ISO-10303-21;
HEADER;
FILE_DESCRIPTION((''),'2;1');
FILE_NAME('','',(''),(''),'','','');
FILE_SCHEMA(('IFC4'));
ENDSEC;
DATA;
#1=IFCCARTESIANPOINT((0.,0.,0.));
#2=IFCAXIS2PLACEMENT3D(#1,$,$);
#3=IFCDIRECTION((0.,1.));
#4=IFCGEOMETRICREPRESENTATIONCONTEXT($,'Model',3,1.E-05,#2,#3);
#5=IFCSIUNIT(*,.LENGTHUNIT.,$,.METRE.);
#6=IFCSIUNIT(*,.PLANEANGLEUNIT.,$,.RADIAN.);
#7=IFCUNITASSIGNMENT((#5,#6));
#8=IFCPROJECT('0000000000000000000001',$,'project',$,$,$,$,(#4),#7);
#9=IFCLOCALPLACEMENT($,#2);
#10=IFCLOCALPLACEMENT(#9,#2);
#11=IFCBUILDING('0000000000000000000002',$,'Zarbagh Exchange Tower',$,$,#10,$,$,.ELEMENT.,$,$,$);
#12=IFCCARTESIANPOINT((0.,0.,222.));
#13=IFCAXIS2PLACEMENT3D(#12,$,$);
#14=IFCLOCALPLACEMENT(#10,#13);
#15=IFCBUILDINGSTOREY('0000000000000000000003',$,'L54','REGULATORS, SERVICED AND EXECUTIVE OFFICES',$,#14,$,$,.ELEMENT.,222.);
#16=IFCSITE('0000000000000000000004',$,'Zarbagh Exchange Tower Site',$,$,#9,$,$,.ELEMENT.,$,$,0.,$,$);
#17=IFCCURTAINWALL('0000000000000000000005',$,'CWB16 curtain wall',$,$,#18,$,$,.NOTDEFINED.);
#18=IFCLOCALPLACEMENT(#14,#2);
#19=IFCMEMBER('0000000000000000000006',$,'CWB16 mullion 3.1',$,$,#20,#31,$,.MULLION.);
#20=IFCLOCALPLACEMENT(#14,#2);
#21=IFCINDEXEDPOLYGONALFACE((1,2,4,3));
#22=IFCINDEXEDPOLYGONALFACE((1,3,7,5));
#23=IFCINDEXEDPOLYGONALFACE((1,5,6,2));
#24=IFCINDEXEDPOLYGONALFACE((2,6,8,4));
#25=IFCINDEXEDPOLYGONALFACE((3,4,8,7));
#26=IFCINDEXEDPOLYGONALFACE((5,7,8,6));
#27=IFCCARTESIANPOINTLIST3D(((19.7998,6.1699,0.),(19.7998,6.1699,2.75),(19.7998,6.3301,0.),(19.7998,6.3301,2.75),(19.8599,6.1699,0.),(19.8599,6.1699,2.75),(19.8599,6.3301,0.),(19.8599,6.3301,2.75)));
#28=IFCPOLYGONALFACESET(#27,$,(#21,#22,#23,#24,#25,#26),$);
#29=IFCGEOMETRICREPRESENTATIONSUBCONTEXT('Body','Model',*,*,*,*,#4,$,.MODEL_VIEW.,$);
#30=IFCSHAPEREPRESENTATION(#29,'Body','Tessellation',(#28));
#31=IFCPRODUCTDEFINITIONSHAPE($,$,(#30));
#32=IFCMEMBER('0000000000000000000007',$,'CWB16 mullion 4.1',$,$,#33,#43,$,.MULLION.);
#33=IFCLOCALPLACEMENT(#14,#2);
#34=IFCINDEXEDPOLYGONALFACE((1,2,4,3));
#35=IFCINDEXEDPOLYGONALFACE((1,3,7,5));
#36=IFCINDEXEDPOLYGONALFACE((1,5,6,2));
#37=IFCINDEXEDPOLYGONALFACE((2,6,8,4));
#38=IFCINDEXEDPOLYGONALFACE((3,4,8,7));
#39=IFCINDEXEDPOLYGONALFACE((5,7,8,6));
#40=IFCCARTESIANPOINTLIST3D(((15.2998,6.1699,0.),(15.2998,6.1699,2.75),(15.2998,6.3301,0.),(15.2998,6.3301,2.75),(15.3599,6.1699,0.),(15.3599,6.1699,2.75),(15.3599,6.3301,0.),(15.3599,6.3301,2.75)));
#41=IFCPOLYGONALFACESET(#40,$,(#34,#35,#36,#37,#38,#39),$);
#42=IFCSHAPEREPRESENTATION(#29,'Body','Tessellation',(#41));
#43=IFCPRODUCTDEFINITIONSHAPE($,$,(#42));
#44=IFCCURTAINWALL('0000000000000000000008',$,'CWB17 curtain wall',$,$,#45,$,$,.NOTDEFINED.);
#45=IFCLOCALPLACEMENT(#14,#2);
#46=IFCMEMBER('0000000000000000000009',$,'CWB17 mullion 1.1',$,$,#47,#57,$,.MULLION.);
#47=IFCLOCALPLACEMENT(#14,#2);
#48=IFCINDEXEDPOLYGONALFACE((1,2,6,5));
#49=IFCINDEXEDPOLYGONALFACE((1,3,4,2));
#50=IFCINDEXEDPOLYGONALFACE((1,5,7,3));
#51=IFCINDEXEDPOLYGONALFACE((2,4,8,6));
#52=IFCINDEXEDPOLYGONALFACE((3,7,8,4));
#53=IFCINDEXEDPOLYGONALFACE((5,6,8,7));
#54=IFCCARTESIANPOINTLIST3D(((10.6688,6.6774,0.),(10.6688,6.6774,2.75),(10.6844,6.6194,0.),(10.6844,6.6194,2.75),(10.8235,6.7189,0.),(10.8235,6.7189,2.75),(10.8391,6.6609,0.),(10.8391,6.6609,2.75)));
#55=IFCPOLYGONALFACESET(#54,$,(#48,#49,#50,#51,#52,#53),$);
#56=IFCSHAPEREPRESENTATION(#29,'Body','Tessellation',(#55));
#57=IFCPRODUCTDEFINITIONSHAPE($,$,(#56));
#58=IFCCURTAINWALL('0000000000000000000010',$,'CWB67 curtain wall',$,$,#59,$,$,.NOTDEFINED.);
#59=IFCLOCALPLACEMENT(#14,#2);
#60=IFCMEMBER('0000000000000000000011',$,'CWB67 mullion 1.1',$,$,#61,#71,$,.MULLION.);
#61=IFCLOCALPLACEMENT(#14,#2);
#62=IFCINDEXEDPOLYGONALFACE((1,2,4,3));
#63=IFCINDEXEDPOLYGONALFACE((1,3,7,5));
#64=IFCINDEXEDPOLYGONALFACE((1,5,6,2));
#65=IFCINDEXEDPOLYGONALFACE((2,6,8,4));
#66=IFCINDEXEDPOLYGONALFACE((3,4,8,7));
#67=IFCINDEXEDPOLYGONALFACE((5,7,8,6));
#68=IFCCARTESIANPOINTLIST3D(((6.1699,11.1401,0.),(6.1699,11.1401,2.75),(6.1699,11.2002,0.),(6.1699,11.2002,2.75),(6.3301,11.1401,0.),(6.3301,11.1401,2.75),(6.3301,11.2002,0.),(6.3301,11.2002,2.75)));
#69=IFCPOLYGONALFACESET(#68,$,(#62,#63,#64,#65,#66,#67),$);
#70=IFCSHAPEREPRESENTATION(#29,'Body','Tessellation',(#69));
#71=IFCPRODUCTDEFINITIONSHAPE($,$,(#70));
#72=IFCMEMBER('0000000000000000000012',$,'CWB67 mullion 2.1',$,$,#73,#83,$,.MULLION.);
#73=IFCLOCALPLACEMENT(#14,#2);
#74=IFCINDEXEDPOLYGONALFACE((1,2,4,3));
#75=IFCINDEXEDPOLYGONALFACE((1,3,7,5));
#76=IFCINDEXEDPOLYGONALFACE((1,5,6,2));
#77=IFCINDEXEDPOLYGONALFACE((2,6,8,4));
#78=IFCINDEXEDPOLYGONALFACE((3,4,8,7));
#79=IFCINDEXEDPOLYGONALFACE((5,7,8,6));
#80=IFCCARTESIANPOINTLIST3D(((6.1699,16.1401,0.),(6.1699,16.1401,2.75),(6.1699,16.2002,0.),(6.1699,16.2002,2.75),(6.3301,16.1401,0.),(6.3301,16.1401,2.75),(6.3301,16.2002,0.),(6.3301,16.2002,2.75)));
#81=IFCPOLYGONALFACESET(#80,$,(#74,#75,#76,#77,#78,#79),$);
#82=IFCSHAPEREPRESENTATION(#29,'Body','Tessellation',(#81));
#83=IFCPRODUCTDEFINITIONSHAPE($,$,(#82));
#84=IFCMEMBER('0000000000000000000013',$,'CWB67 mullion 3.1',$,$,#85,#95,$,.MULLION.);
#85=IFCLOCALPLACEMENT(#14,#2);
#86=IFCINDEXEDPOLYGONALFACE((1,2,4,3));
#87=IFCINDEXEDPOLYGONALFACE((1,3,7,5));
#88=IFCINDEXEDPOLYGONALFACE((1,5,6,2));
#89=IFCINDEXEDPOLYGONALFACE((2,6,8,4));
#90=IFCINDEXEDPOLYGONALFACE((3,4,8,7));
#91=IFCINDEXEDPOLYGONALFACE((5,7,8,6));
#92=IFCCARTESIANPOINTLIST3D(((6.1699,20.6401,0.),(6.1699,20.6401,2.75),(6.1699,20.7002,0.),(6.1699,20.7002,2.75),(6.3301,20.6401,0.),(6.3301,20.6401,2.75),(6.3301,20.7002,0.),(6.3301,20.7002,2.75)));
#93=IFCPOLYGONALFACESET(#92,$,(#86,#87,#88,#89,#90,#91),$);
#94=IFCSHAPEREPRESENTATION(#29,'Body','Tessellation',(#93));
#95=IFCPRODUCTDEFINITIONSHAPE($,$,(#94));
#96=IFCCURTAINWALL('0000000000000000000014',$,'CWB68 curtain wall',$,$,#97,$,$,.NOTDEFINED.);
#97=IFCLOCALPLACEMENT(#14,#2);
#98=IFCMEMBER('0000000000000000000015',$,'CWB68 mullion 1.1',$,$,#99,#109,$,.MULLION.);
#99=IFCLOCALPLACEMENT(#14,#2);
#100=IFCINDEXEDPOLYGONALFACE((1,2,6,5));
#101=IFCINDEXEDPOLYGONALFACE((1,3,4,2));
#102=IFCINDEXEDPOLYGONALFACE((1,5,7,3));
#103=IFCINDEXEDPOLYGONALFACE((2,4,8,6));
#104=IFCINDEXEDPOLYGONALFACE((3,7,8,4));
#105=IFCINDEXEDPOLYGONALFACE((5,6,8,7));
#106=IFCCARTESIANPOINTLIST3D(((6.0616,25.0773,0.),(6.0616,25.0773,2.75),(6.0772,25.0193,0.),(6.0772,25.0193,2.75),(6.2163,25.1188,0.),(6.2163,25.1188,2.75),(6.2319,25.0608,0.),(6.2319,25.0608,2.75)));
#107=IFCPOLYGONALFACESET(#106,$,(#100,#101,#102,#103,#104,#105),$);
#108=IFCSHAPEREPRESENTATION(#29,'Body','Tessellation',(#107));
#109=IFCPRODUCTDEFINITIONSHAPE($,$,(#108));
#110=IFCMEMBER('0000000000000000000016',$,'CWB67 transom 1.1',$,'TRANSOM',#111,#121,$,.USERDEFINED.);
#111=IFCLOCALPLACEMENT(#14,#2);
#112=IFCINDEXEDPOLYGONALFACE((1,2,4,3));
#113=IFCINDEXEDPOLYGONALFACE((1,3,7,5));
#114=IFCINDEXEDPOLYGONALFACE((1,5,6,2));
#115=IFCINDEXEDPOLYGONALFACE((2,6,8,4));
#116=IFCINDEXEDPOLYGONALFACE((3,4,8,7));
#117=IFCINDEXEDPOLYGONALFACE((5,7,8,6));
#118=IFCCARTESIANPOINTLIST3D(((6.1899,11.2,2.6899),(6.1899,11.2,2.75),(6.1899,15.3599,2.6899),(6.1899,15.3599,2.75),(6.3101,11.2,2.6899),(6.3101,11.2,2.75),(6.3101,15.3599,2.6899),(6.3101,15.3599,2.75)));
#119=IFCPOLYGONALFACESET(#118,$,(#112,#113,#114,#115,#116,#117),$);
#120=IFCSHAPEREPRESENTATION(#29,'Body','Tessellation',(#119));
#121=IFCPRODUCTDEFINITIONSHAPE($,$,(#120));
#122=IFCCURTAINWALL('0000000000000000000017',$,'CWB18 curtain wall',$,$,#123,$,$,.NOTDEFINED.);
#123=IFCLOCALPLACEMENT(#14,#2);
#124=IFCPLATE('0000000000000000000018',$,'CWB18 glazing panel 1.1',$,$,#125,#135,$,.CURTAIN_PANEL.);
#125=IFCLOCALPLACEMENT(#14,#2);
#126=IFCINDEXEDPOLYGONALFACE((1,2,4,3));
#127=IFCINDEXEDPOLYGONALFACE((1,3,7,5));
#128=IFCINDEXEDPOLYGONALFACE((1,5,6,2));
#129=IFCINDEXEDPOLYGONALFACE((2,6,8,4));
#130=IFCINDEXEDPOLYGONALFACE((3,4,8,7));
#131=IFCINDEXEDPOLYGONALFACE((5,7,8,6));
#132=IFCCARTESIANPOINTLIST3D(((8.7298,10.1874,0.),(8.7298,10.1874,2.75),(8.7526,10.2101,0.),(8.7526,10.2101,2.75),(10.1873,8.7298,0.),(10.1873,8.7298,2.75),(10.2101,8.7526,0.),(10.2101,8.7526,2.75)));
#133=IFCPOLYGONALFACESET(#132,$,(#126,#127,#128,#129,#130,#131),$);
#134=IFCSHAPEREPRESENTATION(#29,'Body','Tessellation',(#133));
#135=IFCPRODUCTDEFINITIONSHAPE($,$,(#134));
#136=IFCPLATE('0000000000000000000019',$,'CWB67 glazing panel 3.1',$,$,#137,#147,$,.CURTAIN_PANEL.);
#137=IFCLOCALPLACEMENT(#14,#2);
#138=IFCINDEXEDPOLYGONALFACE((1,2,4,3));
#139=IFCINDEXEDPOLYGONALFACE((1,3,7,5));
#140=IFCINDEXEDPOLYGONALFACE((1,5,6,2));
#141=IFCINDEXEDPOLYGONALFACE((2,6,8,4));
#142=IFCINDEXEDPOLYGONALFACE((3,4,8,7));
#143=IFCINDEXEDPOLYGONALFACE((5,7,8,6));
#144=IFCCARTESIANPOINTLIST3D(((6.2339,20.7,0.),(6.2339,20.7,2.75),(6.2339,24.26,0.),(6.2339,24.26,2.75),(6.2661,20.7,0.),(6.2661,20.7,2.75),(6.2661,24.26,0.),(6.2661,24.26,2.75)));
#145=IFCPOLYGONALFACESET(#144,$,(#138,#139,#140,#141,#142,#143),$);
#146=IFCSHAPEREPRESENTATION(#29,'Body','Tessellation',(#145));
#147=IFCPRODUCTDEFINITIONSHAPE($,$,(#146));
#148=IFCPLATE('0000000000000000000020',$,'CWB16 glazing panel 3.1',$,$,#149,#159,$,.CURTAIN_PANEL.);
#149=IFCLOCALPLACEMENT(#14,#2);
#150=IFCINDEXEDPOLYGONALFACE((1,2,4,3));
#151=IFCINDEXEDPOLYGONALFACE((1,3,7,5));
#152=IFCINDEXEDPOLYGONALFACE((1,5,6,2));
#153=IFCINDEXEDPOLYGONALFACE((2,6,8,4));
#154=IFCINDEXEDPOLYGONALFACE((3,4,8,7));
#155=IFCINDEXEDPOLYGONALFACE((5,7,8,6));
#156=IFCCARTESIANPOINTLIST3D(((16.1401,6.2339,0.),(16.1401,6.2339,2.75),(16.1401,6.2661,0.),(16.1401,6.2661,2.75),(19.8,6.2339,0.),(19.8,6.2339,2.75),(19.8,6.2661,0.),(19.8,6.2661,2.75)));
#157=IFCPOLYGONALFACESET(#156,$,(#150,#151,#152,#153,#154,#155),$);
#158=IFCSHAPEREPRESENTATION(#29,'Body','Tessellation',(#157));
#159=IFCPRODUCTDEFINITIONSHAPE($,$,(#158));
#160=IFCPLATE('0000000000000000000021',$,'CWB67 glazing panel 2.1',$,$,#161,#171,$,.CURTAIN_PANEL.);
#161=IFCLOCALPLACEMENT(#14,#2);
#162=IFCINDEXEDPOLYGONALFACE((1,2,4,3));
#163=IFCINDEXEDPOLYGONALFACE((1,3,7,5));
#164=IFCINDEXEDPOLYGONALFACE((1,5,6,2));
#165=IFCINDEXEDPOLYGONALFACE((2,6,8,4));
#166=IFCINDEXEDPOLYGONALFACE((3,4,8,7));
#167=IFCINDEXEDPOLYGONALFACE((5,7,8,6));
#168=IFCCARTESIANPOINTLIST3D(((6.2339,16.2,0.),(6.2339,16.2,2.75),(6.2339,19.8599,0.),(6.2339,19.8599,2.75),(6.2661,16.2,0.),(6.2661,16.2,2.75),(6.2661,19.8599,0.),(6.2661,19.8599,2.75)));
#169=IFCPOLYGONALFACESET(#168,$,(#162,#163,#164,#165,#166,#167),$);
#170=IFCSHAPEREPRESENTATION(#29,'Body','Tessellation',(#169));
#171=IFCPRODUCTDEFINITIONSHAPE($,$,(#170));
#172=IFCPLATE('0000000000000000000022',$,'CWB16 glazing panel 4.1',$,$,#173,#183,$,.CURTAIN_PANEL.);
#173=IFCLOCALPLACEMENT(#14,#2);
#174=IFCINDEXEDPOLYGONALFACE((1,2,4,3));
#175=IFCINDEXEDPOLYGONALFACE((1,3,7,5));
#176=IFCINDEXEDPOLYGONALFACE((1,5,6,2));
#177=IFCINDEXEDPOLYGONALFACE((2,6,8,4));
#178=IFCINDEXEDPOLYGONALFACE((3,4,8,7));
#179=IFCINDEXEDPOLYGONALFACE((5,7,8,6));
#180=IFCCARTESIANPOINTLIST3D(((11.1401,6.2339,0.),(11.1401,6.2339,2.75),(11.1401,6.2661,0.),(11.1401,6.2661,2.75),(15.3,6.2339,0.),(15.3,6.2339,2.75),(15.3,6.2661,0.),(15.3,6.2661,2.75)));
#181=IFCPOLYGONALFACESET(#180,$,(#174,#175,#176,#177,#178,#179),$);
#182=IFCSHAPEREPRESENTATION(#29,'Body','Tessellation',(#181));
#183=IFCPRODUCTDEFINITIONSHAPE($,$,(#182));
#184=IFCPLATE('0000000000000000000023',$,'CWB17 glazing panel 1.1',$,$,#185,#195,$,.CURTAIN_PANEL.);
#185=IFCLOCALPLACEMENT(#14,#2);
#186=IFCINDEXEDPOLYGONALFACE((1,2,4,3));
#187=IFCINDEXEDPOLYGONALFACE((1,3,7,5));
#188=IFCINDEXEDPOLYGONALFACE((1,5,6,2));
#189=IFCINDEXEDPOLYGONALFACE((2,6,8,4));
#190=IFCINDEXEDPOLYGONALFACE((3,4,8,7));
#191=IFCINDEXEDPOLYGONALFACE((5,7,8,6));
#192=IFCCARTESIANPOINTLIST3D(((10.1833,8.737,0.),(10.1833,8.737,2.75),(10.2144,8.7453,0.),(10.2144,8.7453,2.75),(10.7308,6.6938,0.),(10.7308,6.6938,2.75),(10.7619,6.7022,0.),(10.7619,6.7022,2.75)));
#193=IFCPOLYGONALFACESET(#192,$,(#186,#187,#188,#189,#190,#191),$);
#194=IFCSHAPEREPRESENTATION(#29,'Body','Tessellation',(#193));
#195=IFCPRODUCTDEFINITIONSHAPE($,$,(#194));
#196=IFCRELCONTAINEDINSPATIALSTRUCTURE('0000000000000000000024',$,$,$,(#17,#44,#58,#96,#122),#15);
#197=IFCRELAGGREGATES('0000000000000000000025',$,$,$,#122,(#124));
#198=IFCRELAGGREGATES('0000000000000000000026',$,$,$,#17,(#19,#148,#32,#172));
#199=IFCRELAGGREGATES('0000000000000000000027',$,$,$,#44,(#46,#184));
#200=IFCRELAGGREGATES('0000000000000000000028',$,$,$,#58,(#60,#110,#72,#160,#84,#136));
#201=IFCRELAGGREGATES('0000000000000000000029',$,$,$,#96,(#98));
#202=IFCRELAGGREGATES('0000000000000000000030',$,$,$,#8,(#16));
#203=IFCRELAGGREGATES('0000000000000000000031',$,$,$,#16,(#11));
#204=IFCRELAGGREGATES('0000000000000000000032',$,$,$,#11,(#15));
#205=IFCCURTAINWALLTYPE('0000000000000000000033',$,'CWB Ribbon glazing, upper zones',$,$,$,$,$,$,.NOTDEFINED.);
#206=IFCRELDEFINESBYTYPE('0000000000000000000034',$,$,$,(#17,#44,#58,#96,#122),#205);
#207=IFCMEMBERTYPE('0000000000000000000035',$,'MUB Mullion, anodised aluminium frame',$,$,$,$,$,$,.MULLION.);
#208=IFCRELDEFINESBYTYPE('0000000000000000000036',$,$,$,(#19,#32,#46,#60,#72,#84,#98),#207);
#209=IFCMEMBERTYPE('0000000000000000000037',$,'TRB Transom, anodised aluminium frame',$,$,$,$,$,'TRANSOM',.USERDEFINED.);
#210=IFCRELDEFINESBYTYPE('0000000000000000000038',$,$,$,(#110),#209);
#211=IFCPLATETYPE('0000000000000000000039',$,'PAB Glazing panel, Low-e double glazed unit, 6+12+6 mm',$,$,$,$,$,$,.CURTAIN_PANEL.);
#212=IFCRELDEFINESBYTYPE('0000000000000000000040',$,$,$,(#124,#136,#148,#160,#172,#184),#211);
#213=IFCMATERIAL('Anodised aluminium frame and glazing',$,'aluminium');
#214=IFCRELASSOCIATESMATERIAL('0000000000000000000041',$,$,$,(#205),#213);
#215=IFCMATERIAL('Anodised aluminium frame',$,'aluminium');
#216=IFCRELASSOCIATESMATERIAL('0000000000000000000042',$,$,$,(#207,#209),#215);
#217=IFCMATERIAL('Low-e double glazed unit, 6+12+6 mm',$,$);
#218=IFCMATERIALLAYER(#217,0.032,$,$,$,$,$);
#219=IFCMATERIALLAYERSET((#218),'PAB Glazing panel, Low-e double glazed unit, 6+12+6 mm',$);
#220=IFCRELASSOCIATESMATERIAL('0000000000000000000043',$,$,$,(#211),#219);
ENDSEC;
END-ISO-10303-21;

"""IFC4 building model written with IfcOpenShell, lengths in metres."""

from ifc_helpers import new_model, si_unit, direction, frame, origin, place, context, subcontext, project, spatial, polyline, outline, extrude, source, transform, mapped, material, layer, layer_set, type_object, element, aggregate, save


model = new_model("IFC4")

# Units and contexts
model_context = context("Model", 3, precision=1e-05, world=origin(), true_north=direction((0.0, 1.0)))
body_context = subcontext(model_context, "Body", "Model", "MODEL_VIEW")
ifc_project = project(units=[si_unit("LENGTHUNIT", "METRE"), si_unit("PLANEANGLEUNIT", "RADIAN")], contexts=[model_context])

# Site, building, storey
site_placement = place(None, origin())
site = spatial("IfcSite", under=ifc_project, at=site_placement, Name="Zarbagh Exchange Tower Site", CompositionType="ELEMENT", RefElevation=0.0)
building_placement = place(site_placement, origin())
building = spatial("IfcBuilding", under=site, at=building_placement, Name="Zarbagh Exchange Tower", CompositionType="ELEMENT")
storey_placement = place(building_placement, frame((0.0, 0.0, 222.0)))
storey = spatial("IfcBuildingStorey", under=building, at=storey_placement, Name="L54", Description="REGULATORS, SERVICED AND EXECUTIVE OFFICES", CompositionType="ELEMENT", Elevation=222.0)

# Curtain wall, members
ifc_material_1 = material(Name="Anodised aluminium frame and glazing", Category="aluminium")
curtain_wall_type = type_object("IfcCurtainWallType", Name="CWB Ribbon glazing, upper zones", PredefinedType="NOTDEFINED", material=ifc_material_1)
curtain_wall_1_placement = place(storey_placement, origin())
curtain_wall_1 = element("IfcCurtainWall", 1, at=curtain_wall_1_placement, inside=storey, type_object=curtain_wall_type, Name="CWB16 curtain wall", PredefinedType="NOTDEFINED")
ifc_material_2 = material(Name="Anodised aluminium frame", Category="aluminium")
member_type_1 = type_object("IfcMemberType", Name="MUB Mullion, anodised aluminium frame", PredefinedType="MULLION", material=ifc_material_2)
shared_shape_1 = source(origin(), body_context, "Body", "SweptSolid", [
    extrude(outline(polyline([(0.0, -0.0801), (0.0601, -0.0801), (0.0601, 0.0801), (0.0, 0.0801), (0.0, -0.0801)])), origin(), (0.0, 0.0, 1.0), 2.75),
])
placement = place(storey_placement, origin())
member_1 = element("IfcMember", 2, at=placement, type_object=member_type_1, Name="CWB16 mullion 3.1", PredefinedType="MULLION", context=body_context, shape_type="MappedRepresentation", body=[
    mapped(shared_shape_1, transform((19.8599, 6.25, 0.0), x_axis=(-1.0, 0.0, 0.0), y_axis=(0.0, -1.0, 0.0), z_axis=(0.0, 0.0, 1.0))),
])
member_2 = element("IfcMember", 3, at=placement, type_object=member_type_1, Name="CWB16 mullion 4.1", PredefinedType="MULLION", context=body_context, shape_type="MappedRepresentation", body=[
    mapped(shared_shape_1, transform((15.3599, 6.25, 0.0), x_axis=(-1.0, 0.0, 0.0), y_axis=(0.0, -1.0, 0.0), z_axis=(0.0, 0.0, 1.0))),
])

# Curtain wall, member
curtain_wall_2_placement = place(storey_placement, origin())
curtain_wall_2 = element("IfcCurtainWall", 4, at=curtain_wall_2_placement, inside=storey, type_object=curtain_wall_type, Name="CWB17 curtain wall", PredefinedType="NOTDEFINED")
member_3 = element("IfcMember", 5, at=placement, type_object=member_type_1, Name="CWB17 mullion 1.1", PredefinedType="MULLION", context=body_context, shape_type="MappedRepresentation", body=[
    mapped(shared_shape_1, transform((10.7617, 6.6401, 0.0), x_axis=(-0.258825, 0.965924, 0.0), y_axis=(-0.965924, -0.258825, 0.0), z_axis=(0.0, 0.0, 1.0))),
])

# Curtain wall, members
curtain_wall_3_placement = place(storey_placement, origin())
curtain_wall_3 = element("IfcCurtainWall", 6, at=curtain_wall_3_placement, inside=storey, type_object=curtain_wall_type, Name="CWB67 curtain wall", PredefinedType="NOTDEFINED")
member_4 = element("IfcMember", 7, at=placement, type_object=member_type_1, Name="CWB67 mullion 1.1", PredefinedType="MULLION", context=body_context, shape_type="MappedRepresentation", body=[
    mapped(shared_shape_1, transform((6.25, 11.1401, 0.0), x_axis=(0.0, 1.0, 0.0), y_axis=(-1.0, 0.0, 0.0), z_axis=(0.0, 0.0, 1.0))),
])
member_5 = element("IfcMember", 8, at=placement, type_object=member_type_1, Name="CWB67 mullion 2.1", PredefinedType="MULLION", context=body_context, shape_type="MappedRepresentation", body=[
    mapped(shared_shape_1, transform((6.25, 16.1401, 0.0), x_axis=(0.0, 1.0, 0.0), y_axis=(-1.0, 0.0, 0.0), z_axis=(0.0, 0.0, 1.0))),
])
member_6 = element("IfcMember", 9, at=placement, type_object=member_type_1, Name="CWB67 mullion 3.1", PredefinedType="MULLION", context=body_context, shape_type="MappedRepresentation", body=[
    mapped(shared_shape_1, transform((6.25, 20.6401, 0.0), x_axis=(0.0, 1.0, 0.0), y_axis=(-1.0, 0.0, 0.0), z_axis=(0.0, 0.0, 1.0))),
])

# Curtain wall, member
curtain_wall_4_placement = place(storey_placement, origin())
curtain_wall_4 = element("IfcCurtainWall", 10, at=curtain_wall_4_placement, inside=storey, type_object=curtain_wall_type, Name="CWB68 curtain wall", PredefinedType="NOTDEFINED")
member_7 = element("IfcMember", 11, at=placement, type_object=member_type_1, Name="CWB68 mullion 1.1", PredefinedType="MULLION", context=body_context, shape_type="MappedRepresentation", body=[
    mapped(shared_shape_1, transform((6.1545, 25.04, 0.0), x_axis=(-0.258825, 0.965924, 0.0), y_axis=(-0.965924, -0.258825, 0.0), z_axis=(0.0, 0.0, 1.0))),
])

# Member
member_type_2 = type_object("IfcMemberType", Name="TRB Transom, anodised aluminium frame", ElementType="TRANSOM", PredefinedType="USERDEFINED", material=ifc_material_2)
shared_shape_2 = source(origin(), body_context, "Body", "SweptSolid", [
    extrude(outline(polyline([(-0.0601, -0.0601), (0.0, -0.0601), (0.0, 0.0601), (-0.0601, 0.0601), (-0.0601, -0.0601)])), origin(), (0.0, 0.0, 1.0), 4.1599),
])
member_8 = element("IfcMember", 12, at=placement, type_object=member_type_2, Name="CWB67 transom 1.1", ObjectType="TRANSOM", PredefinedType="USERDEFINED", context=body_context, shape_type="MappedRepresentation", body=[
    mapped(shared_shape_2, transform((6.25, 11.2, 2.75), x_axis=(0.0, 0.0, 1.0), y_axis=(1.0, 0.0, 0.0), z_axis=(0.0, 1.0, 0.0))),
])

# Curtain wall, plate
curtain_wall_5_placement = place(storey_placement, origin())
curtain_wall_5 = element("IfcCurtainWall", 13, at=curtain_wall_5_placement, inside=storey, type_object=curtain_wall_type, Name="CWB18 curtain wall", PredefinedType="NOTDEFINED")
ifc_material_3 = material(Name="Low-e double glazed unit, 6+12+6 mm")
ifc_layer_1 = layer(ifc_material_3, 0.032)
ifc_layer_set_1 = layer_set([ifc_layer_1], Name="PAB Glazing panel, Low-e double glazed unit, 6+12+6 mm")
plate_type = type_object("IfcPlateType", Name="PAB Glazing panel, Low-e double glazed unit, 6+12+6 mm", PredefinedType="CURTAIN_PANEL", material=ifc_layer_set_1)
shared_shape_3 = source(origin(), body_context, "Body", "SweptSolid", [
    extrude(outline(polyline([(0.0, -0.0161), (2.0613, -0.0161), (2.0613, 0.0161), (0.0, 0.0161), (0.0, -0.0161)])), origin(), (0.0, 0.0, 1.0), 2.75),
])
plate_1 = element("IfcPlate", 14, at=placement, type_object=plate_type, Name="CWB18 glazing panel 1.1", PredefinedType="CURTAIN_PANEL", context=body_context, shape_type="MappedRepresentation", body=[
    mapped(shared_shape_3, transform((10.1987, 8.7412, 0.0), x_axis=(-0.707107, 0.707107, 0.0), y_axis=(-0.707107, -0.707107, 0.0), z_axis=(0.0, 0.0, 1.0))),
])
aggregate(curtain_wall_5, [plate_1])

# Plates
shared_shape_4 = source(origin(), body_context, "Body", "SweptSolid", [
    extrude(outline(polyline([(0.0, -0.0161), (3.5601, -0.0161), (3.5601, 0.0161), (0.0, 0.0161), (0.0, -0.0161)])), origin(), (0.0, 0.0, 1.0), 2.75),
])
plate_2 = element("IfcPlate", 15, at=placement, type_object=plate_type, Name="CWB67 glazing panel 3.1", PredefinedType="CURTAIN_PANEL", context=body_context, shape_type="MappedRepresentation", body=[
    mapped(shared_shape_4, transform((6.25, 20.7, 0.0), x_axis=(0.0, 1.0, 0.0), y_axis=(-1.0, 0.0, 0.0), z_axis=(0.0, 0.0, 1.0))),
])
shared_shape_5 = source(origin(), body_context, "Body", "SweptSolid", [
    extrude(outline(polyline([(0.0, -0.0161), (3.6599, -0.0161), (3.6599, 0.0161), (0.0, 0.0161), (0.0, -0.0161)])), origin(), (0.0, 0.0, 1.0), 2.75),
])
plate_3 = element("IfcPlate", 16, at=placement, type_object=plate_type, Name="CWB16 glazing panel 3.1", PredefinedType="CURTAIN_PANEL", context=body_context, shape_type="MappedRepresentation", body=[
    mapped(shared_shape_5, transform((19.8, 6.25, 0.0), x_axis=(-1.0, 0.0, 0.0), y_axis=(0.0, -1.0, 0.0), z_axis=(0.0, 0.0, 1.0))),
])
plate_4 = element("IfcPlate", 17, at=placement, type_object=plate_type, Name="CWB67 glazing panel 2.1", PredefinedType="CURTAIN_PANEL", context=body_context, shape_type="MappedRepresentation", body=[
    mapped(shared_shape_5, transform((6.25, 16.2, 0.0), x_axis=(0.0, 1.0, 0.0), y_axis=(-1.0, 0.0, 0.0), z_axis=(0.0, 0.0, 1.0))),
])
shared_shape_6 = source(origin(), body_context, "Body", "SweptSolid", [
    extrude(outline(polyline([(0.0, -0.0161), (4.1599, -0.0161), (4.1599, 0.0161), (0.0, 0.0161), (0.0, -0.0161)])), origin(), (0.0, 0.0, 1.0), 2.75),
])
plate_5 = element("IfcPlate", 18, at=placement, type_object=plate_type, Name="CWB16 glazing panel 4.1", PredefinedType="CURTAIN_PANEL", context=body_context, shape_type="MappedRepresentation", body=[
    mapped(shared_shape_6, transform((15.3, 6.25, 0.0), x_axis=(-1.0, 0.0, 0.0), y_axis=(0.0, -1.0, 0.0), z_axis=(0.0, 0.0, 1.0))),
])
aggregate(curtain_wall_1, [member_1, plate_3, member_2, plate_5])
shared_shape_7 = source(origin(), body_context, "Body", "SweptSolid", [
    extrude(outline(polyline([(0.0, -0.0161), (2.1152, -0.0161), (2.1152, 0.0161), (0.0, 0.0161), (0.0, -0.0161)])), origin(), (0.0, 0.0, 1.0), 2.75),
])
plate_6 = element("IfcPlate", 19, at=placement, type_object=plate_type, Name="CWB17 glazing panel 1.1", PredefinedType="CURTAIN_PANEL", context=body_context, shape_type="MappedRepresentation", body=[
    mapped(shared_shape_7, transform((10.7463, 6.698, 0.0), x_axis=(-0.258825, 0.965924, 0.0), y_axis=(-0.965924, -0.258825, 0.0), z_axis=(0.0, 0.0, 1.0))),
])
aggregate(curtain_wall_2, [member_3, plate_6])

aggregate(curtain_wall_3, [member_4, member_8, member_5, plate_4, member_6, plate_2])
aggregate(curtain_wall_4, [member_7])

save(model, "model.ifc")
